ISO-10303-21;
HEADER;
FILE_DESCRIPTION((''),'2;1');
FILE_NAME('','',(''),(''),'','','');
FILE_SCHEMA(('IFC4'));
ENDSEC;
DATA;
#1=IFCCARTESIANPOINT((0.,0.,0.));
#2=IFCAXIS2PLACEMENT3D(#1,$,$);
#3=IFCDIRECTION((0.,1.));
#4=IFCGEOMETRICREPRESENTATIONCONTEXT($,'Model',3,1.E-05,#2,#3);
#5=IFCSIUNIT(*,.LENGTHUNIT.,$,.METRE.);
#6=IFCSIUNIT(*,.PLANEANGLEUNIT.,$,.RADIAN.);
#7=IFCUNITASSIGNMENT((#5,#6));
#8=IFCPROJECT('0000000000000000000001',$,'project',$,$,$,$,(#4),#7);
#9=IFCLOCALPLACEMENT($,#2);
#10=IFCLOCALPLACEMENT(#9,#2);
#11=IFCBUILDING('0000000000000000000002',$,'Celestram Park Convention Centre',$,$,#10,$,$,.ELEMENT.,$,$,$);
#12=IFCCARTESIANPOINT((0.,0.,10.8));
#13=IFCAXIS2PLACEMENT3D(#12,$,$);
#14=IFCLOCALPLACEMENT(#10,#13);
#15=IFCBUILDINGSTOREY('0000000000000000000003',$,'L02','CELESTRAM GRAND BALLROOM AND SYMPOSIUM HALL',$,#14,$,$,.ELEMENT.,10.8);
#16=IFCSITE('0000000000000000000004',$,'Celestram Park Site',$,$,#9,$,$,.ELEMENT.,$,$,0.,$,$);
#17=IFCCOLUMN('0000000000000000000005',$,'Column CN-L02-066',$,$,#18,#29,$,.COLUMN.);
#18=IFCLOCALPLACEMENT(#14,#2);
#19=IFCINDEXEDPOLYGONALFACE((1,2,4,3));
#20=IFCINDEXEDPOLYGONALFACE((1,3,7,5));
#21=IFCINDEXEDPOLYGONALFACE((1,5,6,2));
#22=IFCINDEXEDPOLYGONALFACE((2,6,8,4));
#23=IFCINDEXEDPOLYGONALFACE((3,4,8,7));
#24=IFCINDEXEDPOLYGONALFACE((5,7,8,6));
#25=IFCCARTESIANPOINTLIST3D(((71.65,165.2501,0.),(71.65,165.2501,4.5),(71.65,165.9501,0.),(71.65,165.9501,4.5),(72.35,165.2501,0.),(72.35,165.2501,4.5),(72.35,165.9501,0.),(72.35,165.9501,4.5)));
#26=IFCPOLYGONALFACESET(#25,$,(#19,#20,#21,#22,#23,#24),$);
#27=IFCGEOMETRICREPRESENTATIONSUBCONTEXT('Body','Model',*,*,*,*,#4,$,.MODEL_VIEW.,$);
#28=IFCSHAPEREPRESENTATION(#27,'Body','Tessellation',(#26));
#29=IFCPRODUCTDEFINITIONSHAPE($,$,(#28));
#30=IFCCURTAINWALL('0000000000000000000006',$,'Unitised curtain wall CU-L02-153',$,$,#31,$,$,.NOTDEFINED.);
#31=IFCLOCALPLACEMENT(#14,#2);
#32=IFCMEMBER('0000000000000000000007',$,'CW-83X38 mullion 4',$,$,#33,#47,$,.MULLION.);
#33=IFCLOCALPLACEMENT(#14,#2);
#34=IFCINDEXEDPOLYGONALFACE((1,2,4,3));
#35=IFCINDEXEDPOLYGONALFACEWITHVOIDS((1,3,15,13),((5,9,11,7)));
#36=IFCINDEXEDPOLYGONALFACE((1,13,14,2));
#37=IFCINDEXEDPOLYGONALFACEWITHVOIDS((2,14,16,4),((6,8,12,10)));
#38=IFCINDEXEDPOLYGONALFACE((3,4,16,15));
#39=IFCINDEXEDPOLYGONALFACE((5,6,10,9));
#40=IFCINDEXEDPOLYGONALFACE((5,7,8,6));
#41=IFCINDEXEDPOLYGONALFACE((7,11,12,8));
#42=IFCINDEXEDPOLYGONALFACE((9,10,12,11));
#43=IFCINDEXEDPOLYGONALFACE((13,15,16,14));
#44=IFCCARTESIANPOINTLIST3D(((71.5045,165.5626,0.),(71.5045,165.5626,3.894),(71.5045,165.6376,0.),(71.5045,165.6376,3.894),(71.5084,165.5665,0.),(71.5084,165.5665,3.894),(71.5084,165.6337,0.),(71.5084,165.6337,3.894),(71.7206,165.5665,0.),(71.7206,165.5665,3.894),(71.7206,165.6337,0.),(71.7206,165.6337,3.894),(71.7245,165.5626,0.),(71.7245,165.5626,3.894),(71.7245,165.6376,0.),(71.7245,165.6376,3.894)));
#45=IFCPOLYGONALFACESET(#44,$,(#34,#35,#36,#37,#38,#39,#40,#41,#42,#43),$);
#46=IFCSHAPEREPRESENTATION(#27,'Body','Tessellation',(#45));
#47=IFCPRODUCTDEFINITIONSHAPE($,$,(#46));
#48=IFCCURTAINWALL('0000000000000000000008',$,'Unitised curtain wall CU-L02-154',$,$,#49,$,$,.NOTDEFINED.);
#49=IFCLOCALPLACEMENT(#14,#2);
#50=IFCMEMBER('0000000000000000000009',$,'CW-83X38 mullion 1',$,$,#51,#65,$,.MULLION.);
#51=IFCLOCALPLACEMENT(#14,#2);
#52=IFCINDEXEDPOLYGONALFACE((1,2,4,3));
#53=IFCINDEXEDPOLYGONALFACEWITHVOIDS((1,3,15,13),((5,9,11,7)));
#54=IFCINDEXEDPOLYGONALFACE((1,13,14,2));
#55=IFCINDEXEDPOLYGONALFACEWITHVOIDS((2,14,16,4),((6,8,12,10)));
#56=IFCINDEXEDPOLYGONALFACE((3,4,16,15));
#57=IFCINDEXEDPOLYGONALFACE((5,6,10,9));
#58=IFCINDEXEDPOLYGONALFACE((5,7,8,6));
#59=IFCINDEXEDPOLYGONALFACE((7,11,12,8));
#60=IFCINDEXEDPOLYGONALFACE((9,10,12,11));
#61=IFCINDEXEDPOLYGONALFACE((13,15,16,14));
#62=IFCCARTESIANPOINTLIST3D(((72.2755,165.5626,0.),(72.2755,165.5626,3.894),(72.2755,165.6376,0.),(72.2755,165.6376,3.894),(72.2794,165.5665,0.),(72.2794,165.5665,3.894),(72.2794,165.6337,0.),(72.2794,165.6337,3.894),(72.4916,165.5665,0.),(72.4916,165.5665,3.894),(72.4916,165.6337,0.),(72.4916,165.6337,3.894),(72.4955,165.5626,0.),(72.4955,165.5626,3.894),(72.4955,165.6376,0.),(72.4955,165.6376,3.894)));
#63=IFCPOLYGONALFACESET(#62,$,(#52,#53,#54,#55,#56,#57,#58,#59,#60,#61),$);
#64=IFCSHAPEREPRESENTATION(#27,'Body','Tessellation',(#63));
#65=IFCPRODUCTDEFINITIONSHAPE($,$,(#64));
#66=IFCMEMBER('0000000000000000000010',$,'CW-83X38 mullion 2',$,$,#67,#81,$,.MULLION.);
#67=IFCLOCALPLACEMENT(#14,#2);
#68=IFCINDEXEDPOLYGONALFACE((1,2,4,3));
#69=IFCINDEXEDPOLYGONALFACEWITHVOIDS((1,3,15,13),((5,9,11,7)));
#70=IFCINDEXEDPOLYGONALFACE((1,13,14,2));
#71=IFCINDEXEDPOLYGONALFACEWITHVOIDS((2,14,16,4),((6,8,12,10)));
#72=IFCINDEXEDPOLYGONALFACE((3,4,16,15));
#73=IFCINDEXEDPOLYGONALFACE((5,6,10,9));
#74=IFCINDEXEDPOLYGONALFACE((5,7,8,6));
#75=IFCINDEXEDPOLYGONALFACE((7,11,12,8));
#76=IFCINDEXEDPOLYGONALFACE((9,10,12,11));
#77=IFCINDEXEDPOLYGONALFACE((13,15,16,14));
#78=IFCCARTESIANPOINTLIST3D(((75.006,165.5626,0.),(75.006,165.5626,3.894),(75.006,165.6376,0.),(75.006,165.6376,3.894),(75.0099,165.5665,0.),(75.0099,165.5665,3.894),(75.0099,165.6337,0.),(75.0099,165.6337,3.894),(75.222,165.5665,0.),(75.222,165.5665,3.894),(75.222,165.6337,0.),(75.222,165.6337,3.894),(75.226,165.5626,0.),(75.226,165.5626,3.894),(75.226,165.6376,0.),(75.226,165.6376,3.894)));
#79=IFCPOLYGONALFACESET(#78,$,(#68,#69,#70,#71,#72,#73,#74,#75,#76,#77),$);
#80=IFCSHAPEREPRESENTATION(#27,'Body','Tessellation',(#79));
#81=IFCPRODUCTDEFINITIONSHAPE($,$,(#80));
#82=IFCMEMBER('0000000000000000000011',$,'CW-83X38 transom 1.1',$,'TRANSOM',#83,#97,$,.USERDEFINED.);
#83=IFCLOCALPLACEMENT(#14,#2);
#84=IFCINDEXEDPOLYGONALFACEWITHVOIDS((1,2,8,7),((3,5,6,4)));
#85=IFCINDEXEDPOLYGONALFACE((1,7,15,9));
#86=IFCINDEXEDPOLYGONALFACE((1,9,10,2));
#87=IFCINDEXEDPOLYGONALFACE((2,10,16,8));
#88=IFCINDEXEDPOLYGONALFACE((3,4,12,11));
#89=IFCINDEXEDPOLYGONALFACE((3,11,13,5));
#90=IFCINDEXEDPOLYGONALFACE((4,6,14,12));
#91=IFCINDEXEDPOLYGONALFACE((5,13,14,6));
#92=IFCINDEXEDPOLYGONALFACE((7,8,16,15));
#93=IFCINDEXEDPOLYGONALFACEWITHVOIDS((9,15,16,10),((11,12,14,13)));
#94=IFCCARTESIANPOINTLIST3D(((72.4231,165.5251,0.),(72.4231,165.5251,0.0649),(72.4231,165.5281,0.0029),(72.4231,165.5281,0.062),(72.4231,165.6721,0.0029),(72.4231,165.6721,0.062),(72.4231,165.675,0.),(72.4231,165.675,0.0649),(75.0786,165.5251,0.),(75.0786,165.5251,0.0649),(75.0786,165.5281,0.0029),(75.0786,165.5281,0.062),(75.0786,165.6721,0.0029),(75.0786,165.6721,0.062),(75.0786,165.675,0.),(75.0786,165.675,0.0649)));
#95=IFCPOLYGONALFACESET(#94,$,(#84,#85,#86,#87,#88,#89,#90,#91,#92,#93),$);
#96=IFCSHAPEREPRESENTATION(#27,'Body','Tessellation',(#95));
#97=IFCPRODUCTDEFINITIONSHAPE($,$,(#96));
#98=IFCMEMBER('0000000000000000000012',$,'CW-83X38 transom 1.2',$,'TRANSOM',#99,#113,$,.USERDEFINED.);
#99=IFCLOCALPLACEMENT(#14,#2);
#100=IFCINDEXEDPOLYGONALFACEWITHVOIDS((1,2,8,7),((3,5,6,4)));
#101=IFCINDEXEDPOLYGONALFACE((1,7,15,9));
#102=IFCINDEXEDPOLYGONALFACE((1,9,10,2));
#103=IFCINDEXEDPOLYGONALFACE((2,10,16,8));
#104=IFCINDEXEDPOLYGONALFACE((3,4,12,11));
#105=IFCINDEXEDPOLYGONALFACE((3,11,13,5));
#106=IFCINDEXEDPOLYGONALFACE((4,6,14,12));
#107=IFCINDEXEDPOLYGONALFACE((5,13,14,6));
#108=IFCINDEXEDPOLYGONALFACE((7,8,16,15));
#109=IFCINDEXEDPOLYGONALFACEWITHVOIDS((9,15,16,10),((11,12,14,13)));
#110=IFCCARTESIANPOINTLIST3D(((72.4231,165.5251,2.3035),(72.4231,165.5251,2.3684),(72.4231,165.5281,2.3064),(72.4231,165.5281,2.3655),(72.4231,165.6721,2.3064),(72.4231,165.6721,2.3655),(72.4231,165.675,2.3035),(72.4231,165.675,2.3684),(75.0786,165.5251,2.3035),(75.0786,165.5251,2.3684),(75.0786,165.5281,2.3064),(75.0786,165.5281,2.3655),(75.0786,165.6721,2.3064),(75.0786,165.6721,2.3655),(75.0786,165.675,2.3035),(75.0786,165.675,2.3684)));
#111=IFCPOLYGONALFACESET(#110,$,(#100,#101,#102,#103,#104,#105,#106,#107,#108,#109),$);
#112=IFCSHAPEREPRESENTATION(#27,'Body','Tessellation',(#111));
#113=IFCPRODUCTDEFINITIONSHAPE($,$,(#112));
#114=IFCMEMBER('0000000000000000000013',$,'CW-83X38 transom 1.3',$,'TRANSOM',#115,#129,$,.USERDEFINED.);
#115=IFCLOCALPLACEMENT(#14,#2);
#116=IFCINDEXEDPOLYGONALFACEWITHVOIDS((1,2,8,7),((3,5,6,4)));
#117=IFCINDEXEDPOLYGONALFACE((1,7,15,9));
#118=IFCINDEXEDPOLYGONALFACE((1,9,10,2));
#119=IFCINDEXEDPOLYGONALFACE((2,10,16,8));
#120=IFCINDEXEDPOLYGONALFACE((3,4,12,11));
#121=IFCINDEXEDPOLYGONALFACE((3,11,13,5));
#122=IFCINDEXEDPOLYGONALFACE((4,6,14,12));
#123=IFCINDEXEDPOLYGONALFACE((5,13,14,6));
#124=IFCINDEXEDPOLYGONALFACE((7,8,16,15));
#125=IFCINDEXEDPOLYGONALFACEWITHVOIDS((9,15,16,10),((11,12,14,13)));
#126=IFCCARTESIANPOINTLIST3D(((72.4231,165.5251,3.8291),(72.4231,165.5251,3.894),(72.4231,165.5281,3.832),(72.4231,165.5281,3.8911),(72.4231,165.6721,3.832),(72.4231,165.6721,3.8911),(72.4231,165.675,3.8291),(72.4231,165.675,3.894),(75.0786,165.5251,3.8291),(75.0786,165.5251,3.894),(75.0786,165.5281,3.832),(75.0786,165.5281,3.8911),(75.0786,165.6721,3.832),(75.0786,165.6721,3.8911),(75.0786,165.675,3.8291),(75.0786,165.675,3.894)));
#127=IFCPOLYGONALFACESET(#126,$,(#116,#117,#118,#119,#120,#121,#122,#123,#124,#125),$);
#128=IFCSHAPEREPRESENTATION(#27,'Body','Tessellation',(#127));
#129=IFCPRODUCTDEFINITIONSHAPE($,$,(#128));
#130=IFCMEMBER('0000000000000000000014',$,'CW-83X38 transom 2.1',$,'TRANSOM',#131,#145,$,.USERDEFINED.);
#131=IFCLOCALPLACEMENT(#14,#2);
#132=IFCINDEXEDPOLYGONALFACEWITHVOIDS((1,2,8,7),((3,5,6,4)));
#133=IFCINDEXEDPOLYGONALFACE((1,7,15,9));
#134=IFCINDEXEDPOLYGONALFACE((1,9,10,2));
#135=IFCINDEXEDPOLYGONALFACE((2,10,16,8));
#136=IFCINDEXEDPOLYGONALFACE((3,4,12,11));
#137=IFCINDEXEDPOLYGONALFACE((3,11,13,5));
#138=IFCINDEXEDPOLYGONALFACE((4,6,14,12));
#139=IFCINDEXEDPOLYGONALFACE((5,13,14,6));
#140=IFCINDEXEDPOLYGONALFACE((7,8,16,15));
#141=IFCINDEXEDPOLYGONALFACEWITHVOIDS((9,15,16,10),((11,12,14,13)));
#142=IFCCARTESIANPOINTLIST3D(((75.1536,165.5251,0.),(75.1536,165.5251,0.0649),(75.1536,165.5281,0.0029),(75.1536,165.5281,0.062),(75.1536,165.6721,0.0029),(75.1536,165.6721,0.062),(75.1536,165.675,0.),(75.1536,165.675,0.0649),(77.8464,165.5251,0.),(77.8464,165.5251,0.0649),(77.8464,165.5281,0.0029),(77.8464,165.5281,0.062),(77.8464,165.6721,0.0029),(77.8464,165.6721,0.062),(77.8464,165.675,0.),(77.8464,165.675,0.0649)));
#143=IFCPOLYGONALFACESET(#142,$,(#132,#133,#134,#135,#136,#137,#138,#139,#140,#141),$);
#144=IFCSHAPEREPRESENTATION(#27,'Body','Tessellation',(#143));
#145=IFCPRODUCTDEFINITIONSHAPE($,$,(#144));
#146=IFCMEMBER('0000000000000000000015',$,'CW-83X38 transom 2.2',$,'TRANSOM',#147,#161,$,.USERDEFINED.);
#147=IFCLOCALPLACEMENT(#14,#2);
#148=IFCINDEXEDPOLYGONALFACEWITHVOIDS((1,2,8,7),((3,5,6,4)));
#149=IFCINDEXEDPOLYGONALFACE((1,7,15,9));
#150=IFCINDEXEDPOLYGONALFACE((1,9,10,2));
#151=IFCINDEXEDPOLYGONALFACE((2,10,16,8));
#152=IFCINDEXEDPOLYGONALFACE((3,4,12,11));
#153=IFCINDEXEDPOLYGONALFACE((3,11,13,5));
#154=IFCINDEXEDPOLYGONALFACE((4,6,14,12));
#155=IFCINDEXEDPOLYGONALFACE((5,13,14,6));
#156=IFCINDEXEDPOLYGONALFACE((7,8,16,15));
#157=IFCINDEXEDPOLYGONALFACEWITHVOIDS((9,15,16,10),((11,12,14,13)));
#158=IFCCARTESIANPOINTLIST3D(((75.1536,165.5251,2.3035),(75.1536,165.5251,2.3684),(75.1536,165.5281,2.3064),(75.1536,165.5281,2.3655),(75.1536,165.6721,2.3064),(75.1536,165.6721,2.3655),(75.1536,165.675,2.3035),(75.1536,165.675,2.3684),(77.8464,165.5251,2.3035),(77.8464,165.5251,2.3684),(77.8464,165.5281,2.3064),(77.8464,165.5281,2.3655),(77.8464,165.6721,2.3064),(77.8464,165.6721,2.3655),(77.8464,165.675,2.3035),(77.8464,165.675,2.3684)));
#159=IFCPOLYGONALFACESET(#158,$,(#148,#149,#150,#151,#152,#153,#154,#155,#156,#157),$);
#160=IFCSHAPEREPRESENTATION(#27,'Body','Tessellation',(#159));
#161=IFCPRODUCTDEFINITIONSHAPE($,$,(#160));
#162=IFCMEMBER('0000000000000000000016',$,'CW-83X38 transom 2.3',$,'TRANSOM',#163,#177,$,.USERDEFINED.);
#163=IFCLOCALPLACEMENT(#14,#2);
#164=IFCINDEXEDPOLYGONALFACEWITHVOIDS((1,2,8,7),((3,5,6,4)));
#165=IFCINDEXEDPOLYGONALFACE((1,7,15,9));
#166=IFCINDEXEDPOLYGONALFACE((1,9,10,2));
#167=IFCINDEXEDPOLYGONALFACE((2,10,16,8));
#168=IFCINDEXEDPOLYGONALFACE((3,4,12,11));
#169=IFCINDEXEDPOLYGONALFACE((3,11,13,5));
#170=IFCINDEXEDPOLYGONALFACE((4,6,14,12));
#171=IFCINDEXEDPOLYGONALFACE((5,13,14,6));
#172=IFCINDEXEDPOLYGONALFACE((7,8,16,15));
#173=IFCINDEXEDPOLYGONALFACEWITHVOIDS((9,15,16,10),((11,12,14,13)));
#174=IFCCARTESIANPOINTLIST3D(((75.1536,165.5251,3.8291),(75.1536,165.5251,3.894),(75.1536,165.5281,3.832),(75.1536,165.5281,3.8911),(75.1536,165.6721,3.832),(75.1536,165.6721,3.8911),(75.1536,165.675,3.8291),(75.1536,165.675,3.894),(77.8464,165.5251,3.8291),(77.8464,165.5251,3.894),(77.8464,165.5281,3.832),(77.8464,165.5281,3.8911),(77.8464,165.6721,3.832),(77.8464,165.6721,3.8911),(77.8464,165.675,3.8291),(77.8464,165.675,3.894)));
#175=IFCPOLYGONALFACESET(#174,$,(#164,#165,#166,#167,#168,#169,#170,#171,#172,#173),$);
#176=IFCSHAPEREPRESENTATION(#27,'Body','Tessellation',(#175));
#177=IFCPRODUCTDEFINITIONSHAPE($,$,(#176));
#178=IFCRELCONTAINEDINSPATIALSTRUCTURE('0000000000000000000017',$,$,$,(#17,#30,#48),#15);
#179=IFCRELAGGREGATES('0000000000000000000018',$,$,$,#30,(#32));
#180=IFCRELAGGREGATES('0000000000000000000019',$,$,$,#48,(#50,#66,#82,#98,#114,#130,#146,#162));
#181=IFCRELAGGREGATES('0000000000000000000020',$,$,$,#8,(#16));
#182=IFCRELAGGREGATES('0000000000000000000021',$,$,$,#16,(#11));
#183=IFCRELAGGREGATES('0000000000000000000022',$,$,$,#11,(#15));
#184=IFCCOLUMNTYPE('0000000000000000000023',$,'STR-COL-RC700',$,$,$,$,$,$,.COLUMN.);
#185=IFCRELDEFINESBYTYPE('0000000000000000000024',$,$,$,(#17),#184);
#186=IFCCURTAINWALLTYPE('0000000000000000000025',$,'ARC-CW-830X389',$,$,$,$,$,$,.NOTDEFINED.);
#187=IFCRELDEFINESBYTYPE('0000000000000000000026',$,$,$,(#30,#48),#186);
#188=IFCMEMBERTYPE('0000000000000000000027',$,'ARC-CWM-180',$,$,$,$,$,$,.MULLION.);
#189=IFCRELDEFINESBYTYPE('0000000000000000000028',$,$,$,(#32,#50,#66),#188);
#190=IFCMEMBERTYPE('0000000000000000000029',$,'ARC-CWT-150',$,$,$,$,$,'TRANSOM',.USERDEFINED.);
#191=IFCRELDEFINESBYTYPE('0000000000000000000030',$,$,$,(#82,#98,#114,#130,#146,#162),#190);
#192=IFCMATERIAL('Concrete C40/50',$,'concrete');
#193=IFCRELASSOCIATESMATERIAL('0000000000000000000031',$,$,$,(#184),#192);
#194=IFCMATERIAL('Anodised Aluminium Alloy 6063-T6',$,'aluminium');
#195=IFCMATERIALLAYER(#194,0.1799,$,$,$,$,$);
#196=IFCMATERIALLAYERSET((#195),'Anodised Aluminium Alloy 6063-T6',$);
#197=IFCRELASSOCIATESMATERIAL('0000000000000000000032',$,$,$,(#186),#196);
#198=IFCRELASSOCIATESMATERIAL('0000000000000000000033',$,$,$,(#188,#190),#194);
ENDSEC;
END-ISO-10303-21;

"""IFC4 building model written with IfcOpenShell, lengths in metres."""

from ifc_helpers import new_model, si_unit, direction, frame, origin, origin_2d, place, context, subcontext, project, spatial, rectangle, hollow_rectangle, extrude, material, layer, layer_set, material_profile, profile_set, type_object, element, aggregate, save


model = new_model("IFC4")

# Units and contexts
model_context = context("Model", 3, precision=1e-05, world=origin(), true_north=direction((0.0, 1.0)))
body_context = subcontext(model_context, "Body", "Model", "MODEL_VIEW")
ifc_project = project(units=[si_unit("LENGTHUNIT", "METRE"), si_unit("PLANEANGLEUNIT", "RADIAN")], contexts=[model_context])

# Site, building, storey
site_placement = place(None, origin())
site = spatial("IfcSite", under=ifc_project, at=site_placement, Name="Celestram Park Site", CompositionType="ELEMENT", RefElevation=0.0)
building_placement = place(site_placement, origin())
building = spatial("IfcBuilding", under=site, at=building_placement, Name="Celestram Park Convention Centre", CompositionType="ELEMENT")
storey_placement = place(building_placement, frame((0.0, 0.0, 10.8)))
storey = spatial("IfcBuildingStorey", under=building, at=storey_placement, Name="L02", Description="CELESTRAM GRAND BALLROOM AND SYMPOSIUM HALL", CompositionType="ELEMENT", Elevation=10.8)

# Column
ifc_material_1 = material(Name="Concrete C40/50", Category="concrete")
ifc_material_profile_1 = material_profile(ifc_material_1, rectangle(XDim=0.7, YDim=0.7, at=origin_2d()), Name="RC700X700")
ifc_profile_set_1 = profile_set([ifc_material_profile_1], Name="Concrete C40/50")
column_type = type_object("IfcColumnType", Name="STR-COL-RC700", PredefinedType="COLUMN", material=ifc_profile_set_1)
column_placement = place(storey_placement, frame((72.0, 165.6001, 0.0), z_axis=(0.0, 0.0, 1.0), x_axis=(1.0, 0.0, 0.0)))
element("IfcColumn", 1, at=column_placement, inside=storey, type_object=column_type, Name="Column CN-L02-066", PredefinedType="COLUMN", context=body_context, shape_type="SweptSolid", body=[
    extrude(rectangle(XDim=0.7, YDim=0.7, at=origin_2d()), origin(), (0.0, 0.0, 1.0), 4.5),
])

# Curtain wall, member
ifc_material_2 = material(Name="Anodised Aluminium Alloy 6063-T6", Category="aluminium")
ifc_layer_1 = layer(ifc_material_2, 0.1799)
ifc_layer_set_1 = layer_set([ifc_layer_1], Name="Anodised Aluminium Alloy 6063-T6")
curtain_wall_type = type_object("IfcCurtainWallType", Name="ARC-CW-830X389", PredefinedType="NOTDEFINED", material=ifc_layer_set_1)
curtain_wall_1_placement = place(storey_placement, origin())
curtain_wall_1 = element("IfcCurtainWall", 2, at=curtain_wall_1_placement, inside=storey, type_object=curtain_wall_type, Name="Unitised curtain wall CU-L02-153", PredefinedType="NOTDEFINED")
ifc_material_profile_2 = material_profile(ifc_material_2, hollow_rectangle(XDim=0.075, YDim=0.22, WallThickness=0.0039, at=origin_2d()), Name="ALU75X220X4")
ifc_profile_set_2 = profile_set([ifc_material_profile_2], Name="Anodised Aluminium Alloy 6063-T6")
member_type_1 = type_object("IfcMemberType", Name="ARC-CWM-180", PredefinedType="MULLION", material=ifc_profile_set_2)
member_1_placement = place(storey_placement, frame((71.6145, 165.6001, 0.0), z_axis=(0.0, 0.0, 1.0), x_axis=(0.0, 1.0, 0.0)))
member_1 = element("IfcMember", 3, at=member_1_placement, type_object=member_type_1, Name="CW-83X38 mullion 4", PredefinedType="MULLION", context=body_context, shape_type="SweptSolid", body=[
    extrude(hollow_rectangle(XDim=0.075, YDim=0.22, WallThickness=0.0039, at=origin_2d()), origin(), (0.0, 0.0, 1.0), 3.894),
])
aggregate(curtain_wall_1, [member_1])

# Curtain wall, members
curtain_wall_2_placement = place(storey_placement, origin())
curtain_wall_2 = element("IfcCurtainWall", 4, at=curtain_wall_2_placement, inside=storey, type_object=curtain_wall_type, Name="Unitised curtain wall CU-L02-154", PredefinedType="NOTDEFINED")
member_2_placement = place(storey_placement, frame((72.3855, 165.6001, 0.0), z_axis=(0.0, 0.0, 1.0), x_axis=(0.0, 1.0, 0.0)))
member_2 = element("IfcMember", 5, at=member_2_placement, type_object=member_type_1, Name="CW-83X38 mullion 1", PredefinedType="MULLION", context=body_context, shape_type="SweptSolid", body=[
    extrude(hollow_rectangle(XDim=0.075, YDim=0.22, WallThickness=0.0039, at=origin_2d()), origin(), (0.0, 0.0, 1.0), 3.894),
])
member_3_placement = place(storey_placement, frame((75.116, 165.6001, 0.0), z_axis=(0.0, 0.0, 1.0), x_axis=(0.0, 1.0, 0.0)))
member_3 = element("IfcMember", 6, at=member_3_placement, type_object=member_type_1, Name="CW-83X38 mullion 2", PredefinedType="MULLION", context=body_context, shape_type="SweptSolid", body=[
    extrude(hollow_rectangle(XDim=0.075, YDim=0.22, WallThickness=0.0039, at=origin_2d()), origin(), (0.0, 0.0, 1.0), 3.894),
])
ifc_material_profile_3 = material_profile(ifc_material_2, hollow_rectangle(XDim=0.1499, YDim=0.0649, WallThickness=0.0029, at=origin_2d()), Name="ALU150X65X3")
ifc_profile_set_3 = profile_set([ifc_material_profile_3], Name="Anodised Aluminium Alloy 6063-T6")
member_type_2 = type_object("IfcMemberType", Name="ARC-CWT-150", ElementType="TRANSOM", PredefinedType="USERDEFINED", material=ifc_profile_set_3)
member_4_placement = place(storey_placement, frame((72.4231, 165.6001, 0.0325), z_axis=(1.0, 0.0, 0.0), x_axis=(0.0, 1.0, 0.0)))
member_4 = element("IfcMember", 7, at=member_4_placement, type_object=member_type_2, Name="CW-83X38 transom 1.1", ObjectType="TRANSOM", PredefinedType="USERDEFINED", context=body_context, shape_type="SweptSolid", body=[
    extrude(hollow_rectangle(XDim=0.1499, YDim=0.0649, WallThickness=0.0029, at=origin_2d()), origin(), (0.0, 0.0, 1.0), 2.6555),
])
member_5_placement = place(storey_placement, frame((72.4231, 165.6001, 2.3359), z_axis=(1.0, 0.0, 0.0), x_axis=(0.0, 1.0, 0.0)))
member_5 = element("IfcMember", 8, at=member_5_placement, type_object=member_type_2, Name="CW-83X38 transom 1.2", ObjectType="TRANSOM", PredefinedType="USERDEFINED", context=body_context, shape_type="SweptSolid", body=[
    extrude(hollow_rectangle(XDim=0.1499, YDim=0.0649, WallThickness=0.0029, at=origin_2d()), origin(), (0.0, 0.0, 1.0), 2.6555),
])
member_6_placement = place(storey_placement, frame((72.4231, 165.6001, 3.8616), z_axis=(1.0, 0.0, 0.0), x_axis=(0.0, 1.0, 0.0)))
member_6 = element("IfcMember", 9, at=member_6_placement, type_object=member_type_2, Name="CW-83X38 transom 1.3", ObjectType="TRANSOM", PredefinedType="USERDEFINED", context=body_context, shape_type="SweptSolid", body=[
    extrude(hollow_rectangle(XDim=0.1499, YDim=0.0649, WallThickness=0.0029, at=origin_2d()), origin(), (0.0, 0.0, 1.0), 2.6555),
])
member_7_placement = place(storey_placement, frame((75.1536, 165.6001, 0.0325), z_axis=(1.0, 0.0, 0.0), x_axis=(0.0, 1.0, 0.0)))
member_7 = element("IfcMember", 10, at=member_7_placement, type_object=member_type_2, Name="CW-83X38 transom 2.1", ObjectType="TRANSOM", PredefinedType="USERDEFINED", context=body_context, shape_type="SweptSolid", body=[
    extrude(hollow_rectangle(XDim=0.1499, YDim=0.0649, WallThickness=0.0029, at=origin_2d()), origin(), (0.0, 0.0, 1.0), 2.6929),
])
member_8_placement = place(storey_placement, frame((75.1536, 165.6001, 2.3359), z_axis=(1.0, 0.0, 0.0), x_axis=(0.0, 1.0, 0.0)))
member_8 = element("IfcMember", 11, at=member_8_placement, type_object=member_type_2, Name="CW-83X38 transom 2.2", ObjectType="TRANSOM", PredefinedType="USERDEFINED", context=body_context, shape_type="SweptSolid", body=[
    extrude(hollow_rectangle(XDim=0.1499, YDim=0.0649, WallThickness=0.0029, at=origin_2d()), origin(), (0.0, 0.0, 1.0), 2.6929),
])
member_9_placement = place(storey_placement, frame((75.1536, 165.6001, 3.8616), z_axis=(1.0, 0.0, 0.0), x_axis=(0.0, 1.0, 0.0)))
member_9 = element("IfcMember", 12, at=member_9_placement, type_object=member_type_2, Name="CW-83X38 transom 2.3", ObjectType="TRANSOM", PredefinedType="USERDEFINED", context=body_context, shape_type="SweptSolid", body=[
    extrude(hollow_rectangle(XDim=0.1499, YDim=0.0649, WallThickness=0.0029, at=origin_2d()), origin(), (0.0, 0.0, 1.0), 2.6929),
])

aggregate(curtain_wall_2, [member_2, member_3, member_4, member_5, member_6, member_7, member_8, member_9])

save(model, "model.ifc")
